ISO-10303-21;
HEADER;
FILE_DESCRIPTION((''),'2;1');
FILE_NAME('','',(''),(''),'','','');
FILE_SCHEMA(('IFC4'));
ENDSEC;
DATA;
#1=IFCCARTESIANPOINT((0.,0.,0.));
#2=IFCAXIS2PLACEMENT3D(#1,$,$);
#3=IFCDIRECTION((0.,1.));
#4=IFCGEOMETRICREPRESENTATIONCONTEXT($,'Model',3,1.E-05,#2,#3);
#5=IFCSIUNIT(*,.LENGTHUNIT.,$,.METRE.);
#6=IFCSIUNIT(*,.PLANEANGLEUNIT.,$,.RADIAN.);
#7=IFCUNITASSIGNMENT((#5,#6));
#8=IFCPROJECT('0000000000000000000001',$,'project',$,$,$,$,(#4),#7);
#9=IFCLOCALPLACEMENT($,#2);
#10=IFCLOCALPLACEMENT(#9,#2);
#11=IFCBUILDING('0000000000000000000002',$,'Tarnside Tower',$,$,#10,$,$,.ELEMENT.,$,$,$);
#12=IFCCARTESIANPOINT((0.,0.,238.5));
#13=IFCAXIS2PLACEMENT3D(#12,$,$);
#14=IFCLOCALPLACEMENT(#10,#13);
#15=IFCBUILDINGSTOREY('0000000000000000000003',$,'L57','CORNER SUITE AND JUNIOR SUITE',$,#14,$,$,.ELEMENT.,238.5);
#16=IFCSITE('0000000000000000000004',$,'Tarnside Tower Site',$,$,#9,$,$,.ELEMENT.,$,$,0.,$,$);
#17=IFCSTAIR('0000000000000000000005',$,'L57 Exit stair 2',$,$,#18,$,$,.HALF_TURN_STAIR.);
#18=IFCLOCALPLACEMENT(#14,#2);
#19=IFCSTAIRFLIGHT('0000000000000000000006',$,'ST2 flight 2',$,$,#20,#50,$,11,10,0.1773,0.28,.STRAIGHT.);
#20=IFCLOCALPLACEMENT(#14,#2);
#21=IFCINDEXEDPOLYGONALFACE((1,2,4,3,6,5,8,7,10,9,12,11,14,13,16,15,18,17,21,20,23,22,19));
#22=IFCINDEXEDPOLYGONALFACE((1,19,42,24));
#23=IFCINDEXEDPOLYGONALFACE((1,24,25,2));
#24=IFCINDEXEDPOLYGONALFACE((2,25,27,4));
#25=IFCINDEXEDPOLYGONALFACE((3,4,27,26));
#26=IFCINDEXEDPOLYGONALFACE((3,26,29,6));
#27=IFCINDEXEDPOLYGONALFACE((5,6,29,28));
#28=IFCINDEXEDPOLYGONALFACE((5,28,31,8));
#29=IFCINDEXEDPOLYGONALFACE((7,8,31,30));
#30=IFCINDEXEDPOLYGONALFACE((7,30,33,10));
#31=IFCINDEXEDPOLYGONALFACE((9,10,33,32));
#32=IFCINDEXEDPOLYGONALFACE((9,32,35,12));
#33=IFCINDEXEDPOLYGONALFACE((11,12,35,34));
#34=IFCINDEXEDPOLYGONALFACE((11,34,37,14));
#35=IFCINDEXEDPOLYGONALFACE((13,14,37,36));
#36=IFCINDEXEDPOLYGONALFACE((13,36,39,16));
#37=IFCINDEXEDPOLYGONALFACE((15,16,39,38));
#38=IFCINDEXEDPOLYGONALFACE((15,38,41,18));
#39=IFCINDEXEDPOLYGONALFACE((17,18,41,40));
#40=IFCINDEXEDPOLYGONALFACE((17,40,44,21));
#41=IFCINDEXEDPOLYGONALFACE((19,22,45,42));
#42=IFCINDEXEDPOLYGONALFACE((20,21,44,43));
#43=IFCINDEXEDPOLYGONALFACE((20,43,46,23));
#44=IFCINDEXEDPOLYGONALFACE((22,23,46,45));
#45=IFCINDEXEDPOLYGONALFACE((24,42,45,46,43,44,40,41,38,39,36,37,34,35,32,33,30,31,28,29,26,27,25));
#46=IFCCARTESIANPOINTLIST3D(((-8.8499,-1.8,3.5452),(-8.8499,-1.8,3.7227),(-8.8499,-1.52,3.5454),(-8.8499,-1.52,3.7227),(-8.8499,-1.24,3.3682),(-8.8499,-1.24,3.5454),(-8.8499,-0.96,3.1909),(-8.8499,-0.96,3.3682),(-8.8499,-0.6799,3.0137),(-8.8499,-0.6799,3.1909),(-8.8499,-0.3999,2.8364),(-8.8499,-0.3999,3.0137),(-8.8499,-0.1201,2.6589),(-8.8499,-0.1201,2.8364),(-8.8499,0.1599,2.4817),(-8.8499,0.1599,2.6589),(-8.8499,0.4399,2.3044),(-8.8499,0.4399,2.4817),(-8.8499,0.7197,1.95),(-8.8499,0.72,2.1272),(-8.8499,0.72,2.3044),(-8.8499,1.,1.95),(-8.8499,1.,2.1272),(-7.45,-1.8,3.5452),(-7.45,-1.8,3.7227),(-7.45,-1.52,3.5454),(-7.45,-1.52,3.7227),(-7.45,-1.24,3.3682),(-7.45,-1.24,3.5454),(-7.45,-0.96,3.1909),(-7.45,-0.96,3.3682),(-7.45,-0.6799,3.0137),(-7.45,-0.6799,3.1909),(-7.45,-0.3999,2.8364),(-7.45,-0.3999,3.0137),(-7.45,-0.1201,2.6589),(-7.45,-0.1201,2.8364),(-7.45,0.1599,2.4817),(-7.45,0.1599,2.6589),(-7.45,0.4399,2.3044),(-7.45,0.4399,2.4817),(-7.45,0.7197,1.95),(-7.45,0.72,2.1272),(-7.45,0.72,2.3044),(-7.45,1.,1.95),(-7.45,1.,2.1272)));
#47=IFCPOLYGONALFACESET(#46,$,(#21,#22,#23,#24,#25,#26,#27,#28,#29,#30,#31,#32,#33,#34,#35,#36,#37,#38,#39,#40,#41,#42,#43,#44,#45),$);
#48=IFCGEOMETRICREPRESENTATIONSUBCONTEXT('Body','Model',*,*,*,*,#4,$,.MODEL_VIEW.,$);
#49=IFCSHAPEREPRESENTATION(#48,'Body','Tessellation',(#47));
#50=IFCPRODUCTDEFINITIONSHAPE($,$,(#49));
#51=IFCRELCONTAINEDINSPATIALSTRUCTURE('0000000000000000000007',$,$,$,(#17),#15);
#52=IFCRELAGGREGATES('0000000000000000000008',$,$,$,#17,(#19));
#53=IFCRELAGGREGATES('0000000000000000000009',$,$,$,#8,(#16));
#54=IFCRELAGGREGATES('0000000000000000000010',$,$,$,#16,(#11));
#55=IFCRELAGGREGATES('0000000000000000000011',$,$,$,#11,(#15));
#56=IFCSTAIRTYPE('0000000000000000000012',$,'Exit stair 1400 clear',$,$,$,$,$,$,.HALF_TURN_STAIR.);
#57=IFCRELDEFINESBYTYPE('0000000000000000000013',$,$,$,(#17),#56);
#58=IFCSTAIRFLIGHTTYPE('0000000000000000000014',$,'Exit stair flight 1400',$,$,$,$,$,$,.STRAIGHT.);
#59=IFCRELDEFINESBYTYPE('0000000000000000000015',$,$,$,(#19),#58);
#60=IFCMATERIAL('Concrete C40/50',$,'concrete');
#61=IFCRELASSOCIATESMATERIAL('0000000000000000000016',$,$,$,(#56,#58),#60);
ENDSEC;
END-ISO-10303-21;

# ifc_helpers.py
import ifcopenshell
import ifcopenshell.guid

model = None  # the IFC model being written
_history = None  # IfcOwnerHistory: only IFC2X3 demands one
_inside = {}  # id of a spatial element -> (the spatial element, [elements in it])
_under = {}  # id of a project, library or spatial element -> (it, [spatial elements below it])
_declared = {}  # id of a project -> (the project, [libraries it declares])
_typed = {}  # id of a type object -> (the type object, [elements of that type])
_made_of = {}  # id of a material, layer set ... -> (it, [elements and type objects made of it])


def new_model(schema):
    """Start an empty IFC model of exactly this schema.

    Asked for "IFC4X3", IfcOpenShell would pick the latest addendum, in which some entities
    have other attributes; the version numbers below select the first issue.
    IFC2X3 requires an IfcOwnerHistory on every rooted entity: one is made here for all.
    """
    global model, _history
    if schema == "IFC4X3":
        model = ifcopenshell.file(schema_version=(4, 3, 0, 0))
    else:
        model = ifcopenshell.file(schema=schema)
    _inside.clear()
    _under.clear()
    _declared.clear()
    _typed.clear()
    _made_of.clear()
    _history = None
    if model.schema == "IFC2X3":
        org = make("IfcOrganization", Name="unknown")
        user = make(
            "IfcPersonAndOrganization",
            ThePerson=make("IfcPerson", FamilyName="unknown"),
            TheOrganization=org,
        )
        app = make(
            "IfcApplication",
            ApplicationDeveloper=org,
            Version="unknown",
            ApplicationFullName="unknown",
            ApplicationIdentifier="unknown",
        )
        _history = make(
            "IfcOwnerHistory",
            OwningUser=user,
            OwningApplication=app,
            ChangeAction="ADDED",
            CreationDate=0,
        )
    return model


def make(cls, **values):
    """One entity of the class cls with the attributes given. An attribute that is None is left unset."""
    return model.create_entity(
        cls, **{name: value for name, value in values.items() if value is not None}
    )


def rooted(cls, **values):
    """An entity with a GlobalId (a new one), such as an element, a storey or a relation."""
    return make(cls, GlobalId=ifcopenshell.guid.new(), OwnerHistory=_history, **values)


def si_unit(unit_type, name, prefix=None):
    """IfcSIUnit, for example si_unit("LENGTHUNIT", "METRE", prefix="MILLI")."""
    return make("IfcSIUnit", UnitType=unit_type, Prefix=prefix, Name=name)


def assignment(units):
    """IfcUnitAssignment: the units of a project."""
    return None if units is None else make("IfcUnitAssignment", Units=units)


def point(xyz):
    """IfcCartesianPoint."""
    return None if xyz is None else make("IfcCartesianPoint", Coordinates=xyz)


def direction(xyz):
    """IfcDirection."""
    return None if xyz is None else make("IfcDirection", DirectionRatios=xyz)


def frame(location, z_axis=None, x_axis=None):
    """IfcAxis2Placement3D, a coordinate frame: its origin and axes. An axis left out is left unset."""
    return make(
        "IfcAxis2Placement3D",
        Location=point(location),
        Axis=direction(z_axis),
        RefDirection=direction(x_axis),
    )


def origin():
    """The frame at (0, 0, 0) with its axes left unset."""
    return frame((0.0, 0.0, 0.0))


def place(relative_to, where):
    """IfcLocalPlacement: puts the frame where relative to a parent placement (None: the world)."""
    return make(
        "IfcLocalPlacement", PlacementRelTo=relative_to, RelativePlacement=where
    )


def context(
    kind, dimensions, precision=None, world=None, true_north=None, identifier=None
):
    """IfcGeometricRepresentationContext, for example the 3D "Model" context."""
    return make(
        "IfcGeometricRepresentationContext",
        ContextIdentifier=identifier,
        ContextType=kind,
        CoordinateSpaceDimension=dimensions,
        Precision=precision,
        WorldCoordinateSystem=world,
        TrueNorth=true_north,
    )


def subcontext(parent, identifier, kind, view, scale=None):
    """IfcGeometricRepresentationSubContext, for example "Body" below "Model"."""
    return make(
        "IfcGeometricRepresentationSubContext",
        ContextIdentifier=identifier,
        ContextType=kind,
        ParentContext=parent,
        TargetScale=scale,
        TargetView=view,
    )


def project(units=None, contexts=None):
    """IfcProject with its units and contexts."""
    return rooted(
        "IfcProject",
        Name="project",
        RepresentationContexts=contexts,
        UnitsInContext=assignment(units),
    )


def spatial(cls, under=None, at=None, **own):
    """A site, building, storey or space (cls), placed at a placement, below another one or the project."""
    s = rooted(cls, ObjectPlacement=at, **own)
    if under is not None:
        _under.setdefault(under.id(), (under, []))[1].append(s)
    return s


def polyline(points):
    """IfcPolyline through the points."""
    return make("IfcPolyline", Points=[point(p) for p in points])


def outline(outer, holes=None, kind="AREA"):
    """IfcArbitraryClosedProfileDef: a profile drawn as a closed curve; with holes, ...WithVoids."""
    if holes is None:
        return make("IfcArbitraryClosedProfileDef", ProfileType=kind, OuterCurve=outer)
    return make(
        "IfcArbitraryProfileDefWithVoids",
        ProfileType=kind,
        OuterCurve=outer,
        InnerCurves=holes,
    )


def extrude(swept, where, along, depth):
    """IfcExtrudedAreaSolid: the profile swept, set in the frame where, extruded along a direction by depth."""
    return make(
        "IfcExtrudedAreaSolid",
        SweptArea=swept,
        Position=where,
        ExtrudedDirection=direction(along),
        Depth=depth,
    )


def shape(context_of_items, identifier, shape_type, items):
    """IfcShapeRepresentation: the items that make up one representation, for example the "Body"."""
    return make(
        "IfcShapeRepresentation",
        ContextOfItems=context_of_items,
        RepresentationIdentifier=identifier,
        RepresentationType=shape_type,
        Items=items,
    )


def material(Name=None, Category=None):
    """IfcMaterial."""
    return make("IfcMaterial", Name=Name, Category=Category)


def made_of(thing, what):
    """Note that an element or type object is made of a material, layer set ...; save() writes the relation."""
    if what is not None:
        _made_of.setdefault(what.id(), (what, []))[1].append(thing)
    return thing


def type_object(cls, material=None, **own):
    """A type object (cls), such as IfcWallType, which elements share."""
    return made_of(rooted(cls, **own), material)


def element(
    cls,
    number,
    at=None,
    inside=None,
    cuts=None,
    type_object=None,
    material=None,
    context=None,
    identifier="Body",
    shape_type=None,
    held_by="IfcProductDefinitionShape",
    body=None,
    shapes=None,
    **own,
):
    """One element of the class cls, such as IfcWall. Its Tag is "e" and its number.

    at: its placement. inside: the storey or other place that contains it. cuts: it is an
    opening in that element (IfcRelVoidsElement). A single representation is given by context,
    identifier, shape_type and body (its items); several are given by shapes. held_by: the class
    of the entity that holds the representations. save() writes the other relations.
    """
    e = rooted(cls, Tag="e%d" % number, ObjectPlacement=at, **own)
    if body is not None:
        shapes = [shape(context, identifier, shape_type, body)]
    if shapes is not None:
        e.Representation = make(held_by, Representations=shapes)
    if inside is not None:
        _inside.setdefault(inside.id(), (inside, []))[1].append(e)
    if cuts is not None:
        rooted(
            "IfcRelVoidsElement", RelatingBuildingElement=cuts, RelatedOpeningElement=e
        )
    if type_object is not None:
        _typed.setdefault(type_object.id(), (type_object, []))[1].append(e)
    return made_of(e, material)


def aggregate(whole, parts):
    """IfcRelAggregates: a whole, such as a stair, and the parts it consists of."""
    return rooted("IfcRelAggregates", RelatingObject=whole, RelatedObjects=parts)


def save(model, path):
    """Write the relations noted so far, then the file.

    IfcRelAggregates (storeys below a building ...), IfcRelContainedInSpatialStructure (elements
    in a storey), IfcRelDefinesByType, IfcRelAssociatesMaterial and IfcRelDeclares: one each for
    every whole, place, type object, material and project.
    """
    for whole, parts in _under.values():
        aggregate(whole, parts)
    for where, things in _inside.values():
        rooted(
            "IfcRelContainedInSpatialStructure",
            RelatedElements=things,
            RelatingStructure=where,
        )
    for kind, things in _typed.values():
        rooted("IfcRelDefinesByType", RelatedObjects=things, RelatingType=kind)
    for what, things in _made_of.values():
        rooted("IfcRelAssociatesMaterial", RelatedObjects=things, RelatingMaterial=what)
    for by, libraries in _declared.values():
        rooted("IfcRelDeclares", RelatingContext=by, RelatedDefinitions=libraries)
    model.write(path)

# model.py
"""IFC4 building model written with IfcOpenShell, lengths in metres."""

from ifc_helpers import new_model, si_unit, direction, frame, origin, place, context, subcontext, project, spatial, polyline, outline, extrude, material, type_object, element, aggregate, save


model = new_model("IFC4")

# Units and contexts
model_context = context("Model", 3, precision=1e-05, world=origin(), true_north=direction((0.0, 1.0)))
body_context = subcontext(model_context, "Body", "Model", "MODEL_VIEW")
ifc_project = project(units=[si_unit("LENGTHUNIT", "METRE"), si_unit("PLANEANGLEUNIT", "RADIAN")], contexts=[model_context])

# Site, building, storey
site_placement = place(None, origin())
site = spatial("IfcSite", under=ifc_project, at=site_placement, Name="Tarnside Tower Site", CompositionType="ELEMENT", RefElevation=0.0)
building_placement = place(site_placement, origin())
building = spatial("IfcBuilding", under=site, at=building_placement, Name="Tarnside Tower", CompositionType="ELEMENT")
storey_placement = place(building_placement, frame((0.0, 0.0, 238.5)))
storey = spatial("IfcBuildingStorey", under=building, at=storey_placement, Name="L57", Description="CORNER SUITE AND JUNIOR SUITE", CompositionType="ELEMENT", Elevation=238.5)

# Shared definitions
ifc_material_1 = material(Name="Concrete C40/50", Category="concrete")

# Stair, stair flight
stair_type = type_object("IfcStairType", Name="Exit stair 1400 clear", PredefinedType="HALF_TURN_STAIR", material=ifc_material_1)
stair_placement = place(storey_placement, origin())
stair = element("IfcStair", 1, at=stair_placement, inside=storey, type_object=stair_type, Name="L57 Exit stair 2", PredefinedType="HALF_TURN_STAIR")
stair_flight_type = type_object("IfcStairFlightType", Name="Exit stair flight 1400", PredefinedType="STRAIGHT", material=ifc_material_1)
stair_flight_placement = place(storey_placement, frame((-8.1499, 1.0, 1.95), z_axis=(0.0, 0.0, 1.0), x_axis=(0.0, -1.0, 0.0)))
stair_flight = element("IfcStairFlight", 2, at=stair_flight_placement, type_object=stair_flight_type, Name="ST2 flight 2", NumberOfRisers=11, NumberOfTreads=10, PredefinedType="STRAIGHT", RiserHeight=0.1773, TreadLength=0.28, context=body_context, shape_type="SweptSolid", body=[
    extrude(outline(polyline([(0.0, 0.0), (0.0, 0.1772), (0.28, 0.1772), (0.28, 0.3545), (0.5601, 0.3545), (0.5601, 0.5317), (0.8401, 0.5317), (0.8401, 0.709), (1.1201, 0.709), (1.1201, 0.8865), (1.3999, 0.8865), (1.3999, 1.0637), (1.6799, 1.0637), (1.6799, 1.241), (1.96, 1.241), (1.96, 1.4182), (2.24, 1.4182), (2.24, 1.5955), (2.52, 1.5955), (2.52, 1.7727), (2.8, 1.7727), (2.8, 1.95), (2.8, 1.5952), (0.2803, 0.0), (0.0, 0.0)])), frame((0.0, 0.7, 0.0), z_axis=(0.0, -1.0, 0.0), x_axis=(1.0, 0.0, 0.0)), (0.0, 0.0, 1.0), 1.3999),
])
aggregate(stair, [stair_flight])

save(model, "model.ifc")
